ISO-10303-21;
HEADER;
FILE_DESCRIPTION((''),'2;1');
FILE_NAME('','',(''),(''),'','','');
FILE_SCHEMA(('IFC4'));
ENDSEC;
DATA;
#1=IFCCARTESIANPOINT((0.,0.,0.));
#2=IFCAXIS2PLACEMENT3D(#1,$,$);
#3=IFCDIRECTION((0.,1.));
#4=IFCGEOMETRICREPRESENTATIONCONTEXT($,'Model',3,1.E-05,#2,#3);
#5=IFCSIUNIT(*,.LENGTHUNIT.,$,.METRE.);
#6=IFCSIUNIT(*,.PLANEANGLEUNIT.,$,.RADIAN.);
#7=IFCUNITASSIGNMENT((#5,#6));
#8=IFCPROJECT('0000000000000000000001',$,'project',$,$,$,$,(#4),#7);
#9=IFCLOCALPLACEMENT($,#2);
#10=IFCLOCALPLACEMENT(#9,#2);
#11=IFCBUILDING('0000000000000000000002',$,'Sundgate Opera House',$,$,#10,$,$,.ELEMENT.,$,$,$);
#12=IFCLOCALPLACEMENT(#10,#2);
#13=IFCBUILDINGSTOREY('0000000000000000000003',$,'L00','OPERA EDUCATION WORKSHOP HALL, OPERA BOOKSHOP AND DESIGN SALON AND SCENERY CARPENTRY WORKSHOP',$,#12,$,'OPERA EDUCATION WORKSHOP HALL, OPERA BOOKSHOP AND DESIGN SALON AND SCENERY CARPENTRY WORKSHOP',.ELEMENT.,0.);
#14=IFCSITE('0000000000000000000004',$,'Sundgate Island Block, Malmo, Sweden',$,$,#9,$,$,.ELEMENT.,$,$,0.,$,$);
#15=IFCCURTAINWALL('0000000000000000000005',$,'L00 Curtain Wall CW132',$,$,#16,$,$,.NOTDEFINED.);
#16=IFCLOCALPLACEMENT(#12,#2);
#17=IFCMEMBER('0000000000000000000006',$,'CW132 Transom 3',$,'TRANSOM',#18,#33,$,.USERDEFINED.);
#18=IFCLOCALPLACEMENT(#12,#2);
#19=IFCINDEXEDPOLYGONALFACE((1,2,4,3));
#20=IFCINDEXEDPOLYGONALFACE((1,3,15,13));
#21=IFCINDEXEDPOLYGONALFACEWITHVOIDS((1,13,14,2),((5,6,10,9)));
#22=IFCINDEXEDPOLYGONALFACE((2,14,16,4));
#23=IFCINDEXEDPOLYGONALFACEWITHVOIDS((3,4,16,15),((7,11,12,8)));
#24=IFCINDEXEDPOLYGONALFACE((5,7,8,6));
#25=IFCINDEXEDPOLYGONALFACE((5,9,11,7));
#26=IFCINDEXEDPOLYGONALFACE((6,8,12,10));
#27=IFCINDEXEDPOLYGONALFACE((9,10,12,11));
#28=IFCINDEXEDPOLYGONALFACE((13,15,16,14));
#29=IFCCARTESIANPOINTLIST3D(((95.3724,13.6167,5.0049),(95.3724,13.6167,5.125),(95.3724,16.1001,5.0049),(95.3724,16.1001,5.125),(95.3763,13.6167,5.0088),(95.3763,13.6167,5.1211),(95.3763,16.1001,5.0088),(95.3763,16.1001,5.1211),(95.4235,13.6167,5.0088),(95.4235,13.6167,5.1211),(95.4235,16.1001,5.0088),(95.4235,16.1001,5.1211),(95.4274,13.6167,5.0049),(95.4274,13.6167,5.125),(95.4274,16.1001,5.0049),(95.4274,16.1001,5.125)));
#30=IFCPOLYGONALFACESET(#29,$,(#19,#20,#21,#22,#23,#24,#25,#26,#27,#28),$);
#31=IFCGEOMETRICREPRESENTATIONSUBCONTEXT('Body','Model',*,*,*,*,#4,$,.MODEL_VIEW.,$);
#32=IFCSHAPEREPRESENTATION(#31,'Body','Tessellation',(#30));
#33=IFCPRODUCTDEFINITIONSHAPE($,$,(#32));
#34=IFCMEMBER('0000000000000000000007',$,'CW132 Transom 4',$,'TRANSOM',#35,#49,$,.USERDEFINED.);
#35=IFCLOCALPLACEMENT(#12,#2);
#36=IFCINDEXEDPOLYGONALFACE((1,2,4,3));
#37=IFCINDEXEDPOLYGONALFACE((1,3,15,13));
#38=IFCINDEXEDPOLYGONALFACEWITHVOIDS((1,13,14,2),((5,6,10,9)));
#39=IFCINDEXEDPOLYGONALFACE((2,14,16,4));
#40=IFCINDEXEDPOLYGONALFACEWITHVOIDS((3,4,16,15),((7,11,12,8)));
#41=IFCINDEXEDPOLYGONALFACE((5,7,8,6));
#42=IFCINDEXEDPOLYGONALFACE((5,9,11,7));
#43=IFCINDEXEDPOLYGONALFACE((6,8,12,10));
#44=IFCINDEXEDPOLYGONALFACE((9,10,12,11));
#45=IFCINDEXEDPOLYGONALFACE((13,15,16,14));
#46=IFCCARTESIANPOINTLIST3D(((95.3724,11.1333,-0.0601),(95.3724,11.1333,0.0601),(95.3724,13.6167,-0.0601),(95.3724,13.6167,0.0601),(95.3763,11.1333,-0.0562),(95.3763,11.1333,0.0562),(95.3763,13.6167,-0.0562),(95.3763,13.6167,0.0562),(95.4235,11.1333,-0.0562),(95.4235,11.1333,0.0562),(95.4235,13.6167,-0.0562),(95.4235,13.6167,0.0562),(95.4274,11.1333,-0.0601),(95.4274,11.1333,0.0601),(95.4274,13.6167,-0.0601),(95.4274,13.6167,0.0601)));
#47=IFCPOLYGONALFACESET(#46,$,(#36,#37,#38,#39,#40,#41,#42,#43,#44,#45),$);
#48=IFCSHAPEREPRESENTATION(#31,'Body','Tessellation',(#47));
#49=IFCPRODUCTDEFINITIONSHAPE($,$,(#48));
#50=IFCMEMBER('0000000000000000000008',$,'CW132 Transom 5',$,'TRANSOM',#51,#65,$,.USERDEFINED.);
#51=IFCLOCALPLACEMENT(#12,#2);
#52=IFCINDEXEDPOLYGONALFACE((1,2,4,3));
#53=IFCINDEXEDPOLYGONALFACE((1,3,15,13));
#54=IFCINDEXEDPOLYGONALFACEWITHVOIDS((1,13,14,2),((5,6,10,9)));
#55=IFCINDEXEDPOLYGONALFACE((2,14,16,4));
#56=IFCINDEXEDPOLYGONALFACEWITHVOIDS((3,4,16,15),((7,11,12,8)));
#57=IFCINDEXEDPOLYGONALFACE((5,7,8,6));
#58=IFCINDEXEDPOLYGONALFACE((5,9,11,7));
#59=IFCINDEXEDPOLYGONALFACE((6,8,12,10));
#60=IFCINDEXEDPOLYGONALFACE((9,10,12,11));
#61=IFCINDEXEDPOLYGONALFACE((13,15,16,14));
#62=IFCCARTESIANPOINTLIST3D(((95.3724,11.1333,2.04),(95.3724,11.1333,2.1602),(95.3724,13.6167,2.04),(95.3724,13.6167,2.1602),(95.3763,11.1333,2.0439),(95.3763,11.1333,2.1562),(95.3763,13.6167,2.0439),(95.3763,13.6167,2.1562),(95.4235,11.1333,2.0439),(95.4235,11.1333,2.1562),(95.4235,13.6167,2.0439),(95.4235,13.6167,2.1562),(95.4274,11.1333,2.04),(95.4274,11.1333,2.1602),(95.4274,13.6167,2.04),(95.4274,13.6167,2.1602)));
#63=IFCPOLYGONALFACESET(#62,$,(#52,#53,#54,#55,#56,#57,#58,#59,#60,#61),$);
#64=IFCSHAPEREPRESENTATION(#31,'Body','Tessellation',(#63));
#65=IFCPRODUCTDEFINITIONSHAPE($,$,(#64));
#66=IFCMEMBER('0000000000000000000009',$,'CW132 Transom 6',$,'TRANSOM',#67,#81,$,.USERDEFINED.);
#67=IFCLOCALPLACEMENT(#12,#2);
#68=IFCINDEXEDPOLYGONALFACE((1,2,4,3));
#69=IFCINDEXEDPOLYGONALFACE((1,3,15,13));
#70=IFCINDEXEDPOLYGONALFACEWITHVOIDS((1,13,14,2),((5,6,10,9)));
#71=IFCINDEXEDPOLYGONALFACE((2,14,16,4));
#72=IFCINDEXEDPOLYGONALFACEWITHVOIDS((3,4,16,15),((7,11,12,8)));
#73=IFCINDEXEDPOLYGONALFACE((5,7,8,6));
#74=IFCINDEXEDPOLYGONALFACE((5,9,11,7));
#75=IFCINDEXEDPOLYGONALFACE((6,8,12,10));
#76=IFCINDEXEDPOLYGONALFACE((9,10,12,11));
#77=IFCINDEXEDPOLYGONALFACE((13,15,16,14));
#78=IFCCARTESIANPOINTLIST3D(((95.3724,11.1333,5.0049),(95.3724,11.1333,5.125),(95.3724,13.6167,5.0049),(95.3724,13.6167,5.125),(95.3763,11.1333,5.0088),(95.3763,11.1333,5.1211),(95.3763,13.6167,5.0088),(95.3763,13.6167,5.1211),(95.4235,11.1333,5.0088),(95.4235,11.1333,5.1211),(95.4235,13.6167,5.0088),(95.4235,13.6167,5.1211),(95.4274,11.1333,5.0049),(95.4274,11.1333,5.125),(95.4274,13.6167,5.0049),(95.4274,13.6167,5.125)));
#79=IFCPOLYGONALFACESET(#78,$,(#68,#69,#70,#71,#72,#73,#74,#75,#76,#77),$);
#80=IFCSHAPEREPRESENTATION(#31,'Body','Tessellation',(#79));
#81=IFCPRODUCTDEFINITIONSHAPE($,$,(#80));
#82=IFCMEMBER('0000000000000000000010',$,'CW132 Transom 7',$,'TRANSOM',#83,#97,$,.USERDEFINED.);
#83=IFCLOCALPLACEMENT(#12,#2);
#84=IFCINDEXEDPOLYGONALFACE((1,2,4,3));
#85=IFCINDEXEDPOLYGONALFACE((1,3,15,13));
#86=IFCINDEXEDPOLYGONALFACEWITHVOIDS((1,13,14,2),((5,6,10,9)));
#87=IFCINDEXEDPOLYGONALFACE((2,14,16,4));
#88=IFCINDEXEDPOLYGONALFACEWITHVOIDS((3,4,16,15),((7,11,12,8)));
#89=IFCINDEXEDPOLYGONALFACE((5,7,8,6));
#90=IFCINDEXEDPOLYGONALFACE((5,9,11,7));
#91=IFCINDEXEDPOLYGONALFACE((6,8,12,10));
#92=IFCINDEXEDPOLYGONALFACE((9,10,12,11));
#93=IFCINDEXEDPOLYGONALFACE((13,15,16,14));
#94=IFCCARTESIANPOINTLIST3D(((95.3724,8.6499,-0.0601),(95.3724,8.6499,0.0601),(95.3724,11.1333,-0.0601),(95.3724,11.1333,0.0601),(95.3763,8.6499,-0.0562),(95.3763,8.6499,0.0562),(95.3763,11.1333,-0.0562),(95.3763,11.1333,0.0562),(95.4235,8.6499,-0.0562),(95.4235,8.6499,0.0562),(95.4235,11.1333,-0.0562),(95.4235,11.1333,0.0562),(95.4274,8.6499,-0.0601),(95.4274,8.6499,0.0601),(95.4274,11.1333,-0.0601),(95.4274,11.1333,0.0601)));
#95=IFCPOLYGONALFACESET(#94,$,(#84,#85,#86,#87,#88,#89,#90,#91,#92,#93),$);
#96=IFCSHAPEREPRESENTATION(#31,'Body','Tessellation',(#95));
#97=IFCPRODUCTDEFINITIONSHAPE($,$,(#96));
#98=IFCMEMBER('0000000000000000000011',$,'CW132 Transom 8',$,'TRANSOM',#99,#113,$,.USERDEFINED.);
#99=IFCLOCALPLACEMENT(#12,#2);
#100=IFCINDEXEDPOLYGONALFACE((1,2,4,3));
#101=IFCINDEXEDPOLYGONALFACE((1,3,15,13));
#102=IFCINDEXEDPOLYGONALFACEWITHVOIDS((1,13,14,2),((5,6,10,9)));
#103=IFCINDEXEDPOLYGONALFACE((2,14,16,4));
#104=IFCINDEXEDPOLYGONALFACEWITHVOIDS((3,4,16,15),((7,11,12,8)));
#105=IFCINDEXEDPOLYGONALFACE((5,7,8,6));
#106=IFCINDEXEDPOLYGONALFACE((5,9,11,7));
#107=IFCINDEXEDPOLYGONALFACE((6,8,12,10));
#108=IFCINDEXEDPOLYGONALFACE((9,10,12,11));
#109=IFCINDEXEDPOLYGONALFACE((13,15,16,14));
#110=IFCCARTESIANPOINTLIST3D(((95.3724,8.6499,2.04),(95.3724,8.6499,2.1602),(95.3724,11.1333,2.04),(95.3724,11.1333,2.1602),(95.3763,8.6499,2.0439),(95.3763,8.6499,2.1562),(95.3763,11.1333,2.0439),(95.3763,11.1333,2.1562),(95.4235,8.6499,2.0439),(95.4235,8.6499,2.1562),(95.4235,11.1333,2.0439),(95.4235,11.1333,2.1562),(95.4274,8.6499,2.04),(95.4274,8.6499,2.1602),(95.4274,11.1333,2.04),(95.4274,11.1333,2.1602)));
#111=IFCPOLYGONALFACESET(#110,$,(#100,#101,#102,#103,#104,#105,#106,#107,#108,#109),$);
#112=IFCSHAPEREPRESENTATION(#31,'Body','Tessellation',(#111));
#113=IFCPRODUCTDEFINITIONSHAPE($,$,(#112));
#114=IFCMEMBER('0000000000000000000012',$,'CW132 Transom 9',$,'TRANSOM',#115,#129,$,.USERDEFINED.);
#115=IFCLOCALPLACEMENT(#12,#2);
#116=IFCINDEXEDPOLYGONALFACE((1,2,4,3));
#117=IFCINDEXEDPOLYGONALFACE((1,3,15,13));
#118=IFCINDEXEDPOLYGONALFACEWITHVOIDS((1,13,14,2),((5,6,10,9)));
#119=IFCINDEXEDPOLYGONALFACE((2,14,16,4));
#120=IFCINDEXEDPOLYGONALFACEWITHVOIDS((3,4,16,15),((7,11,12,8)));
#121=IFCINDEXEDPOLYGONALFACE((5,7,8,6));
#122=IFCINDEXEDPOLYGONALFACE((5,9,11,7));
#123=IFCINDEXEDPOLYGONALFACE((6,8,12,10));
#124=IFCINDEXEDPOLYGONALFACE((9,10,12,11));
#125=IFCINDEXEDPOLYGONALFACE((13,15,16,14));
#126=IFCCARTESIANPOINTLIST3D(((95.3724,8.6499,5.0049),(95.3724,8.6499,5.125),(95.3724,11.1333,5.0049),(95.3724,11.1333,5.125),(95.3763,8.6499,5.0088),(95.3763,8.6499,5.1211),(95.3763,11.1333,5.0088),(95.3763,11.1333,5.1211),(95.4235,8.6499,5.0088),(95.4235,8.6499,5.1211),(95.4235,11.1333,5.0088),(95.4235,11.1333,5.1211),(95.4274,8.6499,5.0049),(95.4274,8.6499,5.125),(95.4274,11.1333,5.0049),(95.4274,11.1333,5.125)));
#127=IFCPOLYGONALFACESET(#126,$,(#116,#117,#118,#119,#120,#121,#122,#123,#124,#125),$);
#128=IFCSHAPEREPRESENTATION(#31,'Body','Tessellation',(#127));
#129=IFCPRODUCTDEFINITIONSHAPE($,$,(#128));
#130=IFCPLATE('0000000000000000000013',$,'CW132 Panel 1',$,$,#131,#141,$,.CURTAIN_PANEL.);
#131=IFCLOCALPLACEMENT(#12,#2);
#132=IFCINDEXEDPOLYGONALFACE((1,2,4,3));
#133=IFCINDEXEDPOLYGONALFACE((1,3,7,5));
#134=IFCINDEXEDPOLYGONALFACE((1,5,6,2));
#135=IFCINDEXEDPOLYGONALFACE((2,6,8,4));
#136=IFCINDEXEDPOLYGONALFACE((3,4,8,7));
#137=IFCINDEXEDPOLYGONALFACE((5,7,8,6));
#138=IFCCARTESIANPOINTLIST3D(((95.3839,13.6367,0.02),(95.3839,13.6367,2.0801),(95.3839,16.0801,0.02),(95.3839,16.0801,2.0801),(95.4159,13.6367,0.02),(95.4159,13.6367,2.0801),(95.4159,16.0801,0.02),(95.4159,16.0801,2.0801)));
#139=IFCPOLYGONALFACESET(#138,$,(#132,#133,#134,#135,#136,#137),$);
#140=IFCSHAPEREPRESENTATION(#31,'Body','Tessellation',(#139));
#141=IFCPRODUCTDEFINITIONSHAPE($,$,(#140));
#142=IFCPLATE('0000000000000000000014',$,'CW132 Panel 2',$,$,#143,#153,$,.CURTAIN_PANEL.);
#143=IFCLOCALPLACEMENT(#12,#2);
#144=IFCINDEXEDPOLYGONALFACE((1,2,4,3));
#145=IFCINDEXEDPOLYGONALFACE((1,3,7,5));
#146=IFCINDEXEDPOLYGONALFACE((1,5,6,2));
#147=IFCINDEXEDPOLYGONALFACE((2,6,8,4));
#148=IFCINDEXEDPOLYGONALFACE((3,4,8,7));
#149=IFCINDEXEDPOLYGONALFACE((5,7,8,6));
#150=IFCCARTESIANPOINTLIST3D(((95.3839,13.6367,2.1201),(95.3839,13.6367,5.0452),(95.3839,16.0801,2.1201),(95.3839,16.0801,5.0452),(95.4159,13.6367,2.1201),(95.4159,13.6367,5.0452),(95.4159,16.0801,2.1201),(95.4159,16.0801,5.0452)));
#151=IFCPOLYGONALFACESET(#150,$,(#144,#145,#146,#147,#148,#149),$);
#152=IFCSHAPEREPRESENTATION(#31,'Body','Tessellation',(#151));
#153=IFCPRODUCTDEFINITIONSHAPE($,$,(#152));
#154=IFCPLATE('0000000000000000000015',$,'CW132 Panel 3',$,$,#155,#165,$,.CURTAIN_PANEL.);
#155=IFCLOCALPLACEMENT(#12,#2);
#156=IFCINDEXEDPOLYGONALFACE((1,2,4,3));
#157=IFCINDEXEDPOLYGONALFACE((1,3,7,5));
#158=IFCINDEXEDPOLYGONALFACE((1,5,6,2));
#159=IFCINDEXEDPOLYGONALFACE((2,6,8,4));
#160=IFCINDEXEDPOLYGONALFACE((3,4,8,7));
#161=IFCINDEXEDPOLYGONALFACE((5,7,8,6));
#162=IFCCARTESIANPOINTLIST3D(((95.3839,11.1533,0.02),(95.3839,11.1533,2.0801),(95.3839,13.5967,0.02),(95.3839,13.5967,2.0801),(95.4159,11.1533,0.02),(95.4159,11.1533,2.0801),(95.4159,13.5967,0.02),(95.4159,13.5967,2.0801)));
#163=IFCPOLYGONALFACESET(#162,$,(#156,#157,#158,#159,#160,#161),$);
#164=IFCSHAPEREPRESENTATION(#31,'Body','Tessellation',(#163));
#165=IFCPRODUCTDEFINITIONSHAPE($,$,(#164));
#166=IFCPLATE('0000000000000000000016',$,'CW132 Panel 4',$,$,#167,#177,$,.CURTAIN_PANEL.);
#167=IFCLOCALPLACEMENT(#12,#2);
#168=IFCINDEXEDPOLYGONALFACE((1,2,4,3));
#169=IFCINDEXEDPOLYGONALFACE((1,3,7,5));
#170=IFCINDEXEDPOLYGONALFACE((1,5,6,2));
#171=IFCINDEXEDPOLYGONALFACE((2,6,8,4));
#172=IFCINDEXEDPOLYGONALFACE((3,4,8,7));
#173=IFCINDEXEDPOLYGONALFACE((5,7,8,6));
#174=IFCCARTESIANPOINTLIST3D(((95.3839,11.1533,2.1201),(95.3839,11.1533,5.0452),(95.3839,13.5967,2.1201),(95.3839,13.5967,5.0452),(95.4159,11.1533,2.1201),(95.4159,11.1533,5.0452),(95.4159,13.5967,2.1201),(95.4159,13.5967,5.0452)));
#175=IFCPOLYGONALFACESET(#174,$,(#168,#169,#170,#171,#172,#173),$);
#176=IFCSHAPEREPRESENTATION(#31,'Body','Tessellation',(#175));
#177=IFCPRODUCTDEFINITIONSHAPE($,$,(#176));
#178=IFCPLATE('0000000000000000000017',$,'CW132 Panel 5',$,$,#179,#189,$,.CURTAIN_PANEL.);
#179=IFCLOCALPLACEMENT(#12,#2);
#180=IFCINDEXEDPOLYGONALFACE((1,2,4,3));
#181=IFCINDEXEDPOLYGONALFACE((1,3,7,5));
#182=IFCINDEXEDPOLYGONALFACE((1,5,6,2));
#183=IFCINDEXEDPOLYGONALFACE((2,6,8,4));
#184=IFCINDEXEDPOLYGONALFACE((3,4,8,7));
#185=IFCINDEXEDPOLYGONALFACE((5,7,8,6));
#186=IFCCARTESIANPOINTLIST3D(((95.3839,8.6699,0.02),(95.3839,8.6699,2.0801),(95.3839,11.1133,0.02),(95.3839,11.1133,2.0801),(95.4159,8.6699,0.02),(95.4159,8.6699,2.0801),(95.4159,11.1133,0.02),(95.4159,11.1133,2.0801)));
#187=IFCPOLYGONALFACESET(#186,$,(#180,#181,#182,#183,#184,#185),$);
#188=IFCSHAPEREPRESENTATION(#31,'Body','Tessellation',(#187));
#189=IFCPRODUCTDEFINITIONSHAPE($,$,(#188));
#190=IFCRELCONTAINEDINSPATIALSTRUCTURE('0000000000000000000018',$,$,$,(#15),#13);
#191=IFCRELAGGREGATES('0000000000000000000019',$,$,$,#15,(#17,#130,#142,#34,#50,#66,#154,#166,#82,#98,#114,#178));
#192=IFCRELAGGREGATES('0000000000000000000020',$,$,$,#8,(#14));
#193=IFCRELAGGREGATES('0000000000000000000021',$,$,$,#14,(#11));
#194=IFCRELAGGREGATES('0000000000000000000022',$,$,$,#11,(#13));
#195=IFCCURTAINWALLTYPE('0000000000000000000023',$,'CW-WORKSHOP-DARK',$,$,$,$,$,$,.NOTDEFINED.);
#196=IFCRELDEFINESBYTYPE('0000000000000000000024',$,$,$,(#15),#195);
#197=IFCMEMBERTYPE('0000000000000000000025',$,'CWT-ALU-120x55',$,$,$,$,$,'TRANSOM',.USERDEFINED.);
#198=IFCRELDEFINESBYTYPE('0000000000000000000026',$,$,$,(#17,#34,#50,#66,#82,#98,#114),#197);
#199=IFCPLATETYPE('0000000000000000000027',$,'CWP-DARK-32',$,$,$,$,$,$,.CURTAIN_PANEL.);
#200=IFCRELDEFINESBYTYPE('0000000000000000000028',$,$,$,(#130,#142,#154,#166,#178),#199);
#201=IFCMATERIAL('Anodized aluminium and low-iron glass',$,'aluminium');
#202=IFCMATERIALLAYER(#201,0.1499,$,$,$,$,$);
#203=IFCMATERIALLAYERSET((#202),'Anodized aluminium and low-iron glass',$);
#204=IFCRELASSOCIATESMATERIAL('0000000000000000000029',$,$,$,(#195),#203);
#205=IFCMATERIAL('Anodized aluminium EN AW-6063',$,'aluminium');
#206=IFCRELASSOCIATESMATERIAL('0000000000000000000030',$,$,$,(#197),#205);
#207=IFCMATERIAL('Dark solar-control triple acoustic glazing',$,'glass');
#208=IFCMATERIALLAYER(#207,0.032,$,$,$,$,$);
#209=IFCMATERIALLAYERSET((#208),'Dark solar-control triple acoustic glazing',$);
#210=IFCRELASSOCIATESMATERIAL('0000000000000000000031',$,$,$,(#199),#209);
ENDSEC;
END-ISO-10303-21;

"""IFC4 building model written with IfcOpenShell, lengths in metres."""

from ifc_helpers import new_model, si_unit, direction, frame, origin, origin_2d, place, context, subcontext, project, spatial, rectangle, hollow_rectangle, extrude, material, layer, layer_set, material_profile, profile_set, type_object, element, aggregate, save


model = new_model("IFC4")

# Units and contexts
model_context = context("Model", 3, precision=1e-05, world=origin(), true_north=direction((0.0, 1.0)))
body_context = subcontext(model_context, "Body", "Model", "MODEL_VIEW")
ifc_project = project(units=[si_unit("LENGTHUNIT", "METRE"), si_unit("PLANEANGLEUNIT", "RADIAN")], contexts=[model_context])

# Site, building, storey
site_placement = place(None, origin())
site = spatial("IfcSite", under=ifc_project, at=site_placement, Name="Sundgate Island Block, Malmo, Sweden", CompositionType="ELEMENT", RefElevation=0.0)
building_placement = place(site_placement, origin())
building = spatial("IfcBuilding", under=site, at=building_placement, Name="Sundgate Opera House", CompositionType="ELEMENT")
storey_placement = place(building_placement, origin())
storey = spatial("IfcBuildingStorey", under=building, at=storey_placement, Name="L00", Description="OPERA EDUCATION WORKSHOP HALL, OPERA BOOKSHOP AND DESIGN SALON AND SCENERY CARPENTRY WORKSHOP", LongName="OPERA EDUCATION WORKSHOP HALL, OPERA BOOKSHOP AND DESIGN SALON AND SCENERY CARPENTRY WORKSHOP", CompositionType="ELEMENT", Elevation=0.0)

# Curtain wall, members, plates
ifc_material_1 = material(Name="Anodized aluminium and low-iron glass", Category="aluminium")
ifc_layer_1 = layer(ifc_material_1, 0.1499)
ifc_layer_set_1 = layer_set([ifc_layer_1], Name="Anodized aluminium and low-iron glass")
curtain_wall_type = type_object("IfcCurtainWallType", Name="CW-WORKSHOP-DARK", PredefinedType="NOTDEFINED", material=ifc_layer_set_1)
curtain_wall_placement = place(storey_placement, origin())
curtain_wall = element("IfcCurtainWall", 1, at=curtain_wall_placement, inside=storey, type_object=curtain_wall_type, Name="L00 Curtain Wall CW132", PredefinedType="NOTDEFINED")
ifc_material_2 = material(Name="Anodized aluminium EN AW-6063", Category="aluminium")
ifc_material_profile_1 = material_profile(ifc_material_2, hollow_rectangle(XDim=0.0549, YDim=0.1201, WallThickness=0.0039, at=origin_2d()), Name="CWT 120x55x4")
ifc_profile_set_1 = profile_set([ifc_material_profile_1], Name="Anodized aluminium EN AW-6063")
member_type_1 = type_object("IfcMemberType", Name="CWT-ALU-120x55", ElementType="TRANSOM", PredefinedType="USERDEFINED", material=ifc_profile_set_1)
member_1_placement = place(storey_placement, frame((95.3999, 16.1001, 5.0649), z_axis=(0.0, -1.0, 0.0), x_axis=(1.0, 0.0, 0.0)))
member_1 = element("IfcMember", 2, at=member_1_placement, type_object=member_type_1, Name="CW132 Transom 3", ObjectType="TRANSOM", PredefinedType="USERDEFINED", context=body_context, shape_type="SweptSolid", body=[
    extrude(hollow_rectangle(XDim=0.0549, YDim=0.1201, WallThickness=0.0039, at=origin_2d()), origin(), (0.0, 0.0, 1.0), 2.4834),
])
member_2_placement = place(storey_placement, frame((95.3999, 13.6167, 0.0), z_axis=(0.0, -1.0, 0.0), x_axis=(1.0, 0.0, 0.0)))
member_2 = element("IfcMember", 3, at=member_2_placement, type_object=member_type_1, Name="CW132 Transom 4", ObjectType="TRANSOM", PredefinedType="USERDEFINED", context=body_context, shape_type="SweptSolid", body=[
    extrude(hollow_rectangle(XDim=0.0549, YDim=0.1201, WallThickness=0.0039, at=origin_2d()), origin(), (0.0, 0.0, 1.0), 2.4834),
])
member_3_placement = place(storey_placement, frame((95.3999, 13.6167, 2.1001), z_axis=(0.0, -1.0, 0.0), x_axis=(1.0, 0.0, 0.0)))
member_3 = element("IfcMember", 4, at=member_3_placement, type_object=member_type_1, Name="CW132 Transom 5", ObjectType="TRANSOM", PredefinedType="USERDEFINED", context=body_context, shape_type="SweptSolid", body=[
    extrude(hollow_rectangle(XDim=0.0549, YDim=0.1201, WallThickness=0.0039, at=origin_2d()), origin(), (0.0, 0.0, 1.0), 2.4834),
])
member_4_placement = place(storey_placement, frame((95.3999, 13.6167, 5.0649), z_axis=(0.0, -1.0, 0.0), x_axis=(1.0, 0.0, 0.0)))
member_4 = element("IfcMember", 5, at=member_4_placement, type_object=member_type_1, Name="CW132 Transom 6", ObjectType="TRANSOM", PredefinedType="USERDEFINED", context=body_context, shape_type="SweptSolid", body=[
    extrude(hollow_rectangle(XDim=0.0549, YDim=0.1201, WallThickness=0.0039, at=origin_2d()), origin(), (0.0, 0.0, 1.0), 2.4834),
])
member_5_placement = place(storey_placement, frame((95.3999, 11.1333, 0.0), z_axis=(0.0, -1.0, 0.0), x_axis=(1.0, 0.0, 0.0)))
member_5 = element("IfcMember", 6, at=member_5_placement, type_object=member_type_1, Name="CW132 Transom 7", ObjectType="TRANSOM", PredefinedType="USERDEFINED", context=body_context, shape_type="SweptSolid", body=[
    extrude(hollow_rectangle(XDim=0.0549, YDim=0.1201, WallThickness=0.0039, at=origin_2d()), origin(), (0.0, 0.0, 1.0), 2.4834),
])
member_6_placement = place(storey_placement, frame((95.3999, 11.1333, 2.1001), z_axis=(0.0, -1.0, 0.0), x_axis=(1.0, 0.0, 0.0)))
member_6 = element("IfcMember", 7, at=member_6_placement, type_object=member_type_1, Name="CW132 Transom 8", ObjectType="TRANSOM", PredefinedType="USERDEFINED", context=body_context, shape_type="SweptSolid", body=[
    extrude(hollow_rectangle(XDim=0.0549, YDim=0.1201, WallThickness=0.0039, at=origin_2d()), origin(), (0.0, 0.0, 1.0), 2.4834),
])
member_7_placement = place(storey_placement, frame((95.3999, 11.1333, 5.0649), z_axis=(0.0, -1.0, 0.0), x_axis=(1.0, 0.0, 0.0)))
member_7 = element("IfcMember", 8, at=member_7_placement, type_object=member_type_1, Name="CW132 Transom 9", ObjectType="TRANSOM", PredefinedType="USERDEFINED", context=body_context, shape_type="SweptSolid", body=[
    extrude(hollow_rectangle(XDim=0.0549, YDim=0.1201, WallThickness=0.0039, at=origin_2d()), origin(), (0.0, 0.0, 1.0), 2.4834),
])
ifc_material_3 = material(Name="Dark solar-control triple acoustic glazing", Category="glass")
ifc_layer_2 = layer(ifc_material_3, 0.032)
ifc_layer_set_2 = layer_set([ifc_layer_2], Name="Dark solar-control triple acoustic glazing")
plate_type = type_object("IfcPlateType", Name="CWP-DARK-32", PredefinedType="CURTAIN_PANEL", material=ifc_layer_set_2)
plate_1_placement = place(storey_placement, frame((95.3999, 14.8584, 0.02), z_axis=(0.0, 0.0, 1.0), x_axis=(0.0, -1.0, 0.0)))
plate_1 = element("IfcPlate", 9, at=plate_1_placement, type_object=plate_type, Name="CW132 Panel 1", PredefinedType="CURTAIN_PANEL", context=body_context, shape_type="SweptSolid", body=[
    extrude(rectangle(XDim=2.4434, YDim=0.032, at=origin_2d()), origin(), (0.0, 0.0, 1.0), 2.0601),
])
plate_2_placement = place(storey_placement, frame((95.3999, 14.8584, 2.1201), z_axis=(0.0, 0.0, 1.0), x_axis=(0.0, -1.0, 0.0)))
plate_2 = element("IfcPlate", 10, at=plate_2_placement, type_object=plate_type, Name="CW132 Panel 2", PredefinedType="CURTAIN_PANEL", context=body_context, shape_type="SweptSolid", body=[
    extrude(rectangle(XDim=2.4434, YDim=0.032, at=origin_2d()), origin(), (0.0, 0.0, 1.0), 2.925),
])
plate_3_placement = place(storey_placement, frame((95.3999, 12.375, 0.02), z_axis=(0.0, 0.0, 1.0), x_axis=(0.0, -1.0, 0.0)))
plate_3 = element("IfcPlate", 11, at=plate_3_placement, type_object=plate_type, Name="CW132 Panel 3", PredefinedType="CURTAIN_PANEL", context=body_context, shape_type="SweptSolid", body=[
    extrude(rectangle(XDim=2.4434, YDim=0.032, at=origin_2d()), origin(), (0.0, 0.0, 1.0), 2.0601),
])
plate_4_placement = place(storey_placement, frame((95.3999, 12.375, 2.1201), z_axis=(0.0, 0.0, 1.0), x_axis=(0.0, -1.0, 0.0)))
plate_4 = element("IfcPlate", 12, at=plate_4_placement, type_object=plate_type, Name="CW132 Panel 4", PredefinedType="CURTAIN_PANEL", context=body_context, shape_type="SweptSolid", body=[
    extrude(rectangle(XDim=2.4434, YDim=0.032, at=origin_2d()), origin(), (0.0, 0.0, 1.0), 2.925),
])
plate_5_placement = place(storey_placement, frame((95.3999, 9.8916, 0.02), z_axis=(0.0, 0.0, 1.0), x_axis=(0.0, -1.0, 0.0)))
plate_5 = element("IfcPlate", 13, at=plate_5_placement, type_object=plate_type, Name="CW132 Panel 5", PredefinedType="CURTAIN_PANEL", context=body_context, shape_type="SweptSolid", body=[
    extrude(rectangle(XDim=2.4434, YDim=0.032, at=origin_2d()), origin(), (0.0, 0.0, 1.0), 2.0601),
])
aggregate(curtain_wall, [member_1, plate_1, plate_2, member_2, member_3, member_4, plate_3, plate_4, member_5, member_6, member_7, plate_5])

save(model, "model.ifc")
